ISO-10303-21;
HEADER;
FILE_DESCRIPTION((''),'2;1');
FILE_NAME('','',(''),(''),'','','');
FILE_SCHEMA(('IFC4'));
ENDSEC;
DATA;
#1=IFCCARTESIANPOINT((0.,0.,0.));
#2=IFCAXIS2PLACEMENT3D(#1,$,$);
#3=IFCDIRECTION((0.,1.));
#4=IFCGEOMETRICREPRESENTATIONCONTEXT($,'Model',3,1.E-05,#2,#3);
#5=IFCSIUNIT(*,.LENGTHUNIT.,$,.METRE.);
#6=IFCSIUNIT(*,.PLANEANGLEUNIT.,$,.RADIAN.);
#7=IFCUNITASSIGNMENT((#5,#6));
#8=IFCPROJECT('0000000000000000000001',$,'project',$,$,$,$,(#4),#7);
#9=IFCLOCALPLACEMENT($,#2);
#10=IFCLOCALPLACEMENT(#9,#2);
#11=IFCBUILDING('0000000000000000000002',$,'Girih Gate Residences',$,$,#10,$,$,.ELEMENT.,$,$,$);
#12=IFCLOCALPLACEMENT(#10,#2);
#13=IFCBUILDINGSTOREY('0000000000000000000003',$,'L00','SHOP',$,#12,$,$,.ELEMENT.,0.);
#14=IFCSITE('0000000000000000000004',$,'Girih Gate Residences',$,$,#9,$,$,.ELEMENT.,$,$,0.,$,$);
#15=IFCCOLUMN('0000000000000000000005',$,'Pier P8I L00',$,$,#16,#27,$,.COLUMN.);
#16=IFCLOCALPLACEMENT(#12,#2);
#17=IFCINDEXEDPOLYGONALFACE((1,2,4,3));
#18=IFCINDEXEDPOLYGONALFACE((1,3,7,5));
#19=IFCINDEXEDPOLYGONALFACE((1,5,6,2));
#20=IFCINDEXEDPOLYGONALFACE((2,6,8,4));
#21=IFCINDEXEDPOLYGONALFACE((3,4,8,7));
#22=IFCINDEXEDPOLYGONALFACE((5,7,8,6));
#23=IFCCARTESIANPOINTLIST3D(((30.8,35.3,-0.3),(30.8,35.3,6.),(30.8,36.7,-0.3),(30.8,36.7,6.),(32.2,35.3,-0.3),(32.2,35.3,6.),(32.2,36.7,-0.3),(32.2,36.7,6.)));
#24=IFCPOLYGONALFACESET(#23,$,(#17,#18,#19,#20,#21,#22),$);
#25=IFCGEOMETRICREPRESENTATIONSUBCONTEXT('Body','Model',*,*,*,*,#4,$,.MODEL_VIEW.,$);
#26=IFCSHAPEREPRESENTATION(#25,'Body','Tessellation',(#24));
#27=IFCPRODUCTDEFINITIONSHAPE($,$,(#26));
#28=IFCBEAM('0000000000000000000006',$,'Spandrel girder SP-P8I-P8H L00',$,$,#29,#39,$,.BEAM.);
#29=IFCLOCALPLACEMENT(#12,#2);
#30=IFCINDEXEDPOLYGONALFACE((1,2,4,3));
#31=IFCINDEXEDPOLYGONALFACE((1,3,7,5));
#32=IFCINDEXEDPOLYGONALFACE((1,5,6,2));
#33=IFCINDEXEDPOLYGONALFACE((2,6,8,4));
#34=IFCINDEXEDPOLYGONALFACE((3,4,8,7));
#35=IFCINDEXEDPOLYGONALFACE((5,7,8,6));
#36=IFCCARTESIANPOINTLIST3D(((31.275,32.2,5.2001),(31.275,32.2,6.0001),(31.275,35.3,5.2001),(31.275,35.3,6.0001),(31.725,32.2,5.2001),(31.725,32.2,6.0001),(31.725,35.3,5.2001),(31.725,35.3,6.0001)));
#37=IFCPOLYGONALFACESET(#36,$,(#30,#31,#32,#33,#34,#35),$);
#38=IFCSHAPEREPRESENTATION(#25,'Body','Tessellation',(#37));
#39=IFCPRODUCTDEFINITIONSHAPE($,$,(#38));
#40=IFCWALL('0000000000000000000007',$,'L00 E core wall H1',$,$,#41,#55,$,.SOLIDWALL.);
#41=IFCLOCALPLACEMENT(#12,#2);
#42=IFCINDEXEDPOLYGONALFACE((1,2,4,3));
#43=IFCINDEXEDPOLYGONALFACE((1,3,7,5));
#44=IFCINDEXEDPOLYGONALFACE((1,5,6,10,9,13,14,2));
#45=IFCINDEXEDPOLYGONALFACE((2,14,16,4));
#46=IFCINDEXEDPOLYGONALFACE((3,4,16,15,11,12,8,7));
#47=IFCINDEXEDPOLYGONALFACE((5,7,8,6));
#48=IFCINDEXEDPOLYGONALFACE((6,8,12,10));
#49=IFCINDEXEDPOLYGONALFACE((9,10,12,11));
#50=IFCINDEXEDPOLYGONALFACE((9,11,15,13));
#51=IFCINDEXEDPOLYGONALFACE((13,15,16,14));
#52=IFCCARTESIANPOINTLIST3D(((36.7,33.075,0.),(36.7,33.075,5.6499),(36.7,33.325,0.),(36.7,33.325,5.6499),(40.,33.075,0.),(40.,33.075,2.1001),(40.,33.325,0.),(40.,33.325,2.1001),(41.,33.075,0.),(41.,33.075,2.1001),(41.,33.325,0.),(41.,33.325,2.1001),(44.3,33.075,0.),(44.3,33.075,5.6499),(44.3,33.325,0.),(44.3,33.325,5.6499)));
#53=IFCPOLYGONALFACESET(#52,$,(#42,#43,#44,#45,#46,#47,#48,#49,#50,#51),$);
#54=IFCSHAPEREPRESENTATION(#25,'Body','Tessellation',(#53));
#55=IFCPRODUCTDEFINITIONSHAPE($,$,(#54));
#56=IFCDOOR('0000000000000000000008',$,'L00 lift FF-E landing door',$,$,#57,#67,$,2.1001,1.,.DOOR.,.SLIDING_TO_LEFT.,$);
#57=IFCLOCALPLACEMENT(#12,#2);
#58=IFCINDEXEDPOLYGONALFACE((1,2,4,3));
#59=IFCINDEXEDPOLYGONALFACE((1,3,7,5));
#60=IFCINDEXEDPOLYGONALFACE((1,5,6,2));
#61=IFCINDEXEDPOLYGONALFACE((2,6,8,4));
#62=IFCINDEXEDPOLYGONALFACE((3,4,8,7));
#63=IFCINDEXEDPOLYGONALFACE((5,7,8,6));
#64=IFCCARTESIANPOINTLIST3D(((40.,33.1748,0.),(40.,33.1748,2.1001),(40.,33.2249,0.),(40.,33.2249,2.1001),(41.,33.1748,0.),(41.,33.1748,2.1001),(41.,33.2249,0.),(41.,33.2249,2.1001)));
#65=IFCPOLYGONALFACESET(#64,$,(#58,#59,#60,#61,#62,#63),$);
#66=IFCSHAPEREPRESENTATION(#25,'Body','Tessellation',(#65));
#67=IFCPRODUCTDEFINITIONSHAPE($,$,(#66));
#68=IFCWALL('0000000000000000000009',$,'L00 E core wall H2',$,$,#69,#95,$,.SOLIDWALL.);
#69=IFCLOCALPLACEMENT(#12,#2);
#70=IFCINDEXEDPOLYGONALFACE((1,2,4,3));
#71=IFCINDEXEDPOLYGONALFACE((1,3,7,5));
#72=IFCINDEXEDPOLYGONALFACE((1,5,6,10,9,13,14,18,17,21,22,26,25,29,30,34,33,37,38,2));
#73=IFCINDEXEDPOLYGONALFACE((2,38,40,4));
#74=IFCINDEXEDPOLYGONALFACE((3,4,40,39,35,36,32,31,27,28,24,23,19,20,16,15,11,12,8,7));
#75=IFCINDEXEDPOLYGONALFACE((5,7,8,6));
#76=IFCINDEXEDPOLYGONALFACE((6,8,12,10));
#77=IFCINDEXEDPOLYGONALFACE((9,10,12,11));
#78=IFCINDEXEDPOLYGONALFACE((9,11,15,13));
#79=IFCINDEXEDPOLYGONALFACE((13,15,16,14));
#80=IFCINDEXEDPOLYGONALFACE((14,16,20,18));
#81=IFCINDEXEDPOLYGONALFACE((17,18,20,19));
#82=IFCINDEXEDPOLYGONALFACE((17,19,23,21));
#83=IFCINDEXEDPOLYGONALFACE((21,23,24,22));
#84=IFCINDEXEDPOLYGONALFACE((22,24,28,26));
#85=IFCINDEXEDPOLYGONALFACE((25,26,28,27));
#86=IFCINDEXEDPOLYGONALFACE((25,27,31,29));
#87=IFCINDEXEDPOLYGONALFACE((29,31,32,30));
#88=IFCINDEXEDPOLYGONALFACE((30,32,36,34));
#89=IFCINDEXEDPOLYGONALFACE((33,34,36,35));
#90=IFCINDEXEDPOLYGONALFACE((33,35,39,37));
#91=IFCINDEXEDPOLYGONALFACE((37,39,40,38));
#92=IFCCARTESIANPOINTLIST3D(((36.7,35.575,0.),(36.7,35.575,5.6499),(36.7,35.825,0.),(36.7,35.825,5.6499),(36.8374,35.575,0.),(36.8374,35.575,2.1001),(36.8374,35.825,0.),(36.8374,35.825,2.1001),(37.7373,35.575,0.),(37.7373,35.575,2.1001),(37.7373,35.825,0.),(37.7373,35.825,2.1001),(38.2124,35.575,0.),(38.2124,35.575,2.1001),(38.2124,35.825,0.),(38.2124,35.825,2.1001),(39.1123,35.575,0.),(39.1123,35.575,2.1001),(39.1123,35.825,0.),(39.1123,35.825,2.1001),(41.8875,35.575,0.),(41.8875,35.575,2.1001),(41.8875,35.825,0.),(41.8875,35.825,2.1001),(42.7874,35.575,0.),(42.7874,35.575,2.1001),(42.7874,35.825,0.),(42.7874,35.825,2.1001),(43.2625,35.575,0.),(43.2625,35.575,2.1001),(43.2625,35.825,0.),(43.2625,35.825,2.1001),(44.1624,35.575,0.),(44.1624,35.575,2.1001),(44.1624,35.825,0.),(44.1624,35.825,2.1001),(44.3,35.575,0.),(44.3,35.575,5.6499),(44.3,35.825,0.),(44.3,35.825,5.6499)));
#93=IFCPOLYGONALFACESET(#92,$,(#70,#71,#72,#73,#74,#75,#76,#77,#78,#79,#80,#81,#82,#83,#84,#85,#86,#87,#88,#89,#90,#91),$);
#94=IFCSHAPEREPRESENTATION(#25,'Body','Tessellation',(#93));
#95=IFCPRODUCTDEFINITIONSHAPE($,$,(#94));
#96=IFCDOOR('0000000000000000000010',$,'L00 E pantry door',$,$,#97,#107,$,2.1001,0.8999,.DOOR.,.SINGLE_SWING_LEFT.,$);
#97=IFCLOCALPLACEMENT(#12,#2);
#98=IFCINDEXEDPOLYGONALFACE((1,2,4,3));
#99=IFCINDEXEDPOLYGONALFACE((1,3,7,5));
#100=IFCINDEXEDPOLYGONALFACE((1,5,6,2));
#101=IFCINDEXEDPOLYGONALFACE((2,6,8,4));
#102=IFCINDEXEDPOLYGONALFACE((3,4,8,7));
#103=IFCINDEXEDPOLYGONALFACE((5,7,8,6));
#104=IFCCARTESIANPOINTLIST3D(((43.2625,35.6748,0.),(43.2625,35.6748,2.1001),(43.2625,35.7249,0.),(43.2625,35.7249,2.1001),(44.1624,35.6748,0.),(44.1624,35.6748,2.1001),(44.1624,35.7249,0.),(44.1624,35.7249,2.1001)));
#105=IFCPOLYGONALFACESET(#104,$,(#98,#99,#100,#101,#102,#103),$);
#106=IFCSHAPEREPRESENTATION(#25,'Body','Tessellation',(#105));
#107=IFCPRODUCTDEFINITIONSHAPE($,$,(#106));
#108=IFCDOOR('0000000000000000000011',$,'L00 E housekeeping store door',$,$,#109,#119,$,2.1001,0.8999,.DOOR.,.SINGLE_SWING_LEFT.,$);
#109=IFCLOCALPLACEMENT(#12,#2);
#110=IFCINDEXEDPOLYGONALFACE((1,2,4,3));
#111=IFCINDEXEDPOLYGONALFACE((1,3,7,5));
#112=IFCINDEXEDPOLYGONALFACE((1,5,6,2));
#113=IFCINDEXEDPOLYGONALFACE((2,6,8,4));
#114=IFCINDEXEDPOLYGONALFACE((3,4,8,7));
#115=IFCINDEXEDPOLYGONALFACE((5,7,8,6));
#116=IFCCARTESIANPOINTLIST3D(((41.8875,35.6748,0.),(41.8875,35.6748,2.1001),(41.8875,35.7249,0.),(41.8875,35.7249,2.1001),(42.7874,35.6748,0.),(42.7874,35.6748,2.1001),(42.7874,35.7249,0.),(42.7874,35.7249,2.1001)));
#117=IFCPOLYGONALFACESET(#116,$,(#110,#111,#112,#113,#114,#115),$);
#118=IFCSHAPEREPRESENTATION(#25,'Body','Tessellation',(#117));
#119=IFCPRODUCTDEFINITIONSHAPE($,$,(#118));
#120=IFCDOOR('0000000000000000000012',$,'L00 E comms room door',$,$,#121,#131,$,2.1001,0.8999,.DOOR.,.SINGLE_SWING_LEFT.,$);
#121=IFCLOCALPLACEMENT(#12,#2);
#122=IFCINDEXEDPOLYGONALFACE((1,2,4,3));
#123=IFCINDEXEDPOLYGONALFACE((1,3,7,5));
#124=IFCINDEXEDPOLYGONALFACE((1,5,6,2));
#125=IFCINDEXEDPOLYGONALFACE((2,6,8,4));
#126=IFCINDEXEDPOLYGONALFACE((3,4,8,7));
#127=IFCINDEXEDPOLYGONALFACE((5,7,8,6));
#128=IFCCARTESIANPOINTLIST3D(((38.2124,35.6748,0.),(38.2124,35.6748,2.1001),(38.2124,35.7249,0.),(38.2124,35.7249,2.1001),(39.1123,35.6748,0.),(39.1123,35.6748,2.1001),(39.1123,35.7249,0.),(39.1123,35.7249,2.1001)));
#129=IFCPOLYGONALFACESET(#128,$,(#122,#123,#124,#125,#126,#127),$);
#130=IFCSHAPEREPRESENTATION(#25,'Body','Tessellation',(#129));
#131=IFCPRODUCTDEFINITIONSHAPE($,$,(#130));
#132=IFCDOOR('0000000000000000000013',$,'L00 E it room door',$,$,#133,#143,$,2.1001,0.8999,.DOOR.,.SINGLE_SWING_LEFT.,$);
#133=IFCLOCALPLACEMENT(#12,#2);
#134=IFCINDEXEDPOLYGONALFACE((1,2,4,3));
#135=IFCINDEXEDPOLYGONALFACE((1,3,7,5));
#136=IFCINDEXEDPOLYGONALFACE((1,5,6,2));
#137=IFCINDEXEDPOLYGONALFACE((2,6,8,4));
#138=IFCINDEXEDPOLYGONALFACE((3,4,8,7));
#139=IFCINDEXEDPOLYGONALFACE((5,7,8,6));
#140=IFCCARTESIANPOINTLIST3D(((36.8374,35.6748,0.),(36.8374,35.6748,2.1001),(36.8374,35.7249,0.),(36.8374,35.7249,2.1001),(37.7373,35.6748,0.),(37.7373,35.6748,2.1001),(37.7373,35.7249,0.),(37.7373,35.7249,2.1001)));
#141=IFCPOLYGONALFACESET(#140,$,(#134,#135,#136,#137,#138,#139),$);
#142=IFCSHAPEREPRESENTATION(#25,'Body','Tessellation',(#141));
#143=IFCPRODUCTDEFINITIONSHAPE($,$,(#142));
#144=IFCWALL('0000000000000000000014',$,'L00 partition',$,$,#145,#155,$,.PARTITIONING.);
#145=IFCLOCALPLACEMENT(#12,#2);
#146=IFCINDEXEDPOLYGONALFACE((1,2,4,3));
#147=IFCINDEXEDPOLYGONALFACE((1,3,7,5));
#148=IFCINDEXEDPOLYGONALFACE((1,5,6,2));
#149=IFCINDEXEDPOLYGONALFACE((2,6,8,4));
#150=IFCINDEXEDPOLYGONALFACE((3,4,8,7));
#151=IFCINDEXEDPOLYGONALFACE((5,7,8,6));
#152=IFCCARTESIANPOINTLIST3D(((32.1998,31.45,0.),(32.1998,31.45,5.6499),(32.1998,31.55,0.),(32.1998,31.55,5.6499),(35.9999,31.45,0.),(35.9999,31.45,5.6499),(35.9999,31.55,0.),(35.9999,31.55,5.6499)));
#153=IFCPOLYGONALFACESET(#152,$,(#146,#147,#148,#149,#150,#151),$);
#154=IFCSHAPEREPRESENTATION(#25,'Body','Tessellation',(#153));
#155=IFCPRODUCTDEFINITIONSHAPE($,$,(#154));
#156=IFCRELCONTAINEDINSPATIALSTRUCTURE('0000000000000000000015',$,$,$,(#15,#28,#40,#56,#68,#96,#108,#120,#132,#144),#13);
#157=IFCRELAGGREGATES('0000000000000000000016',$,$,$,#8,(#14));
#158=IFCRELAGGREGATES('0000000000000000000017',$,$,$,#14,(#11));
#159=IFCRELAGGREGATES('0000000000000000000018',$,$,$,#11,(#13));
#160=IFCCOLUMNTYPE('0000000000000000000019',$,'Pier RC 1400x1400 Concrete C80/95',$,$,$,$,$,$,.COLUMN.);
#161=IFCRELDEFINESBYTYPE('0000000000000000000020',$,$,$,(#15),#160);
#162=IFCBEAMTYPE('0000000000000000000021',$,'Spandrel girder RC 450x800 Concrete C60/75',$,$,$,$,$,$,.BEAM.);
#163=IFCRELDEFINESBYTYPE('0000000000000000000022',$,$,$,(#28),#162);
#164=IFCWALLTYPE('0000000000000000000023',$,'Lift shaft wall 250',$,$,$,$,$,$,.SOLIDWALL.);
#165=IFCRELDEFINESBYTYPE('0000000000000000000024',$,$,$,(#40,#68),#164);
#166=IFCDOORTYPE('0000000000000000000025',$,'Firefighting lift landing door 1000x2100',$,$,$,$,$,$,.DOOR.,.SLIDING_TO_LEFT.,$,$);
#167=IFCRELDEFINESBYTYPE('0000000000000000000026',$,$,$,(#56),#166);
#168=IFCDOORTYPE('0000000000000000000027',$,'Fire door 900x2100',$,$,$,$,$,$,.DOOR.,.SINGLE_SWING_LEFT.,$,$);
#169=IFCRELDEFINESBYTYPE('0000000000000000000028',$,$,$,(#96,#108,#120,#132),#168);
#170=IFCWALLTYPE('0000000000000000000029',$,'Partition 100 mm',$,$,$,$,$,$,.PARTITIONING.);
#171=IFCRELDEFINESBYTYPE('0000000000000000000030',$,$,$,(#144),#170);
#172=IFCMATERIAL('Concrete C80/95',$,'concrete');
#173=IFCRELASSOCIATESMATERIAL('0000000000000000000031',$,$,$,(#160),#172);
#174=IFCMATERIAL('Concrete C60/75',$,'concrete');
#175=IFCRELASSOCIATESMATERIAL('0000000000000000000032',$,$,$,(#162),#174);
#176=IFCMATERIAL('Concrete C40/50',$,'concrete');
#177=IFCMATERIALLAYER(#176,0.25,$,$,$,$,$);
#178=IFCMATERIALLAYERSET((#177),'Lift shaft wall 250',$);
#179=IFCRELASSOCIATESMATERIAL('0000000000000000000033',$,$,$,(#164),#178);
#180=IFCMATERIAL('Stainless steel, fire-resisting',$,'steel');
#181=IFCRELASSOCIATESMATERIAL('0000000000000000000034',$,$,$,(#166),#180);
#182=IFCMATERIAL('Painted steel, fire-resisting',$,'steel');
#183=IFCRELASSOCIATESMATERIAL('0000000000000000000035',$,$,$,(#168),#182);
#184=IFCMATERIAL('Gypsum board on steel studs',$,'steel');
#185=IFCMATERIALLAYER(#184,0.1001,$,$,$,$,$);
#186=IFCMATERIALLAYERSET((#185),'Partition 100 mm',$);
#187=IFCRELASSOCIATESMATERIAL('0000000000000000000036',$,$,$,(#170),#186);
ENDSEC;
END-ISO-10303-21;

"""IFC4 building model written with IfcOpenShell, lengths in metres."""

from ifc_helpers import new_model, si_unit, direction, frame, frame_2d, origin, origin_2d, place, context, subcontext, project, spatial, rectangle, extrude, material, layer, layer_set, material_profile, profile_set, type_object, element, fill, save


model = new_model("IFC4")

# Units and contexts
model_context = context("Model", 3, precision=1e-05, world=origin(), true_north=direction((0.0, 1.0)))
body_context = subcontext(model_context, "Body", "Model", "MODEL_VIEW")
ifc_project = project(units=[si_unit("LENGTHUNIT", "METRE"), si_unit("PLANEANGLEUNIT", "RADIAN")], contexts=[model_context])

# Site, building, storey
site_placement = place(None, origin())
site = spatial("IfcSite", under=ifc_project, at=site_placement, Name="Girih Gate Residences", CompositionType="ELEMENT", RefElevation=0.0)
building_placement = place(site_placement, origin())
building = spatial("IfcBuilding", under=site, at=building_placement, Name="Girih Gate Residences", CompositionType="ELEMENT")
storey_placement = place(building_placement, origin())
storey = spatial("IfcBuildingStorey", under=building, at=storey_placement, Name="L00", Description="SHOP", CompositionType="ELEMENT", Elevation=0.0)

# Column
ifc_material_1 = material(Name="Concrete C80/95", Category="concrete")
ifc_material_profile_1 = material_profile(ifc_material_1, rectangle(XDim=1.3999, YDim=1.3999, at=origin_2d()))
ifc_profile_set_1 = profile_set([ifc_material_profile_1], Name="Concrete C80/95")
column_type = type_object("IfcColumnType", Name="Pier RC 1400x1400 Concrete C80/95", PredefinedType="COLUMN", material=ifc_profile_set_1)
for number, where, z_axis, x_axis, name in (
    (1, (31.5, 36.0, -0.3), (0.0, 0.0, 1.0), (1.0, 0.0, 0.0), "Pier P8I L00"),
):
    element("IfcColumn", number, at=place(storey_placement, frame(where, z_axis=z_axis, x_axis=x_axis)), inside=storey, type_object=column_type, Name=name, PredefinedType="COLUMN", context=body_context, shape_type="SweptSolid", body=[
        extrude(rectangle(XDim=1.3999, YDim=1.3999, at=origin_2d()), origin(), (0.0, 0.0, 1.0), 6.3),
    ])

# Beam
ifc_material_2 = material(Name="Concrete C60/75", Category="concrete")
ifc_material_profile_2 = material_profile(ifc_material_2, rectangle(XDim=0.45, YDim=0.8, at=origin_2d()))
ifc_profile_set_2 = profile_set([ifc_material_profile_2], Name="Concrete C60/75")
beam_type = type_object("IfcBeamType", Name="Spandrel girder RC 450x800 Concrete C60/75", PredefinedType="BEAM", material=ifc_profile_set_2)
beam_placement = place(storey_placement, frame((31.5, 35.3, 5.6001), z_axis=(0.0, -1.0, 0.0), x_axis=(1.0, 0.0, 0.0)))
element("IfcBeam", 2, at=beam_placement, inside=storey, type_object=beam_type, Name="Spandrel girder SP-P8I-P8H L00", PredefinedType="BEAM", context=body_context, shape_type="SweptSolid", body=[
    extrude(rectangle(XDim=0.45, YDim=0.8, at=origin_2d()), origin(), (0.0, 0.0, 1.0), 3.1001),
])

# Wall, opening, door
ifc_material_3 = material(Name="Concrete C40/50", Category="concrete")
ifc_layer_1 = layer(ifc_material_3, 0.25)
ifc_layer_set_1 = layer_set([ifc_layer_1], Name="Lift shaft wall 250")
wall_type_1 = type_object("IfcWallType", Name="Lift shaft wall 250", PredefinedType="SOLIDWALL", material=ifc_layer_set_1)
wall_1_placement = place(storey_placement, frame((36.7, 33.2, 0.0), z_axis=(0.0, 0.0, 1.0), x_axis=(1.0, 0.0, 0.0)))
wall_1 = element("IfcWall", 3, at=wall_1_placement, inside=storey, type_object=wall_type_1, Name="L00 E core wall H1", PredefinedType="SOLIDWALL", context=body_context, shape_type="SweptSolid", body=[
    extrude(rectangle(XDim=7.6001, YDim=0.25, at=frame_2d((3.8, 0.0))), origin(), (0.0, 0.0, 1.0), 5.6499),
])
opening_1_placement = place(wall_1_placement, frame((3.3, 0.0, 0.0)))
opening_1 = element("IfcOpeningElement", 4, at=opening_1_placement, cuts=wall_1, PredefinedType="OPENING", context=body_context, shape_type="SweptSolid", body=[
    extrude(rectangle(XDim=1.0, YDim=2.1001, at=frame_2d((0.5, 1.05))), frame((0.0, 0.135, 0.0), z_axis=(0.0, -1.0, 0.0), x_axis=(1.0, 0.0, 0.0)), (0.0, 0.0, 1.0), 0.27),
])
ifc_material_4 = material(Name="Stainless steel, fire-resisting", Category="steel")
door_type_1 = type_object("IfcDoorType", Name="Firefighting lift landing door 1000x2100", OperationType="SLIDING_TO_LEFT", PredefinedType="DOOR", material=ifc_material_4)
door_1_placement = place(opening_1_placement, origin())
door_1 = element("IfcDoor", 5, at=door_1_placement, inside=storey, type_object=door_type_1, Name="L00 lift FF-E landing door", OperationType="SLIDING_TO_LEFT", OverallHeight=2.1001, OverallWidth=1.0, PredefinedType="DOOR", context=body_context, shape_type="SweptSolid", body=[
    extrude(rectangle(XDim=1.0, YDim=2.1001, at=frame_2d((0.5, 1.05))), frame((0.0, 0.0249, 0.0), z_axis=(0.0, -1.0, 0.0), x_axis=(1.0, 0.0, 0.0)), (0.0, 0.0, 1.0), 0.05),
])
fill(opening_1, door_1)

# Wall, openings, doors
wall_2_placement = place(storey_placement, frame((36.7, 35.7, 0.0), z_axis=(0.0, 0.0, 1.0), x_axis=(1.0, 0.0, 0.0)))
wall_2 = element("IfcWall", 6, at=wall_2_placement, inside=storey, type_object=wall_type_1, Name="L00 E core wall H2", PredefinedType="SOLIDWALL", context=body_context, shape_type="SweptSolid", body=[
    extrude(rectangle(XDim=7.6001, YDim=0.25, at=frame_2d((3.8, 0.0))), origin(), (0.0, 0.0, 1.0), 5.6499),
])
opening_2_placement = place(wall_2_placement, frame((6.5625, 0.0, 0.0)))
opening_2 = element("IfcOpeningElement", 7, at=opening_2_placement, cuts=wall_2, PredefinedType="OPENING", context=body_context, shape_type="SweptSolid", body=[
    extrude(rectangle(XDim=0.8999, YDim=2.1001, at=frame_2d((0.45, 1.05))), frame((0.0, 0.135, 0.0), z_axis=(0.0, -1.0, 0.0), x_axis=(1.0, 0.0, 0.0)), (0.0, 0.0, 1.0), 0.27),
])
opening_3_placement = place(wall_2_placement, frame((5.1875, 0.0, 0.0)))
opening_3 = element("IfcOpeningElement", 8, at=opening_3_placement, cuts=wall_2, PredefinedType="OPENING", context=body_context, shape_type="SweptSolid", body=[
    extrude(rectangle(XDim=0.8999, YDim=2.1001, at=frame_2d((0.45, 1.05))), frame((0.0, 0.135, 0.0), z_axis=(0.0, -1.0, 0.0), x_axis=(1.0, 0.0, 0.0)), (0.0, 0.0, 1.0), 0.27),
])
opening_4_placement = place(wall_2_placement, frame((1.5125, 0.0, 0.0)))
opening_4 = element("IfcOpeningElement", 9, at=opening_4_placement, cuts=wall_2, PredefinedType="OPENING", context=body_context, shape_type="SweptSolid", body=[
    extrude(rectangle(XDim=0.8999, YDim=2.1001, at=frame_2d((0.45, 1.05))), frame((0.0, 0.135, 0.0), z_axis=(0.0, -1.0, 0.0), x_axis=(1.0, 0.0, 0.0)), (0.0, 0.0, 1.0), 0.27),
])
opening_5_placement = place(wall_2_placement, frame((0.1375, 0.0, 0.0)))
opening_5 = element("IfcOpeningElement", 10, at=opening_5_placement, cuts=wall_2, PredefinedType="OPENING", context=body_context, shape_type="SweptSolid", body=[
    extrude(rectangle(XDim=0.8999, YDim=2.1001, at=frame_2d((0.45, 1.05))), frame((0.0, 0.135, 0.0), z_axis=(0.0, -1.0, 0.0), x_axis=(1.0, 0.0, 0.0)), (0.0, 0.0, 1.0), 0.27),
])
ifc_material_5 = material(Name="Painted steel, fire-resisting", Category="steel")
door_type_2 = type_object("IfcDoorType", Name="Fire door 900x2100", OperationType="SINGLE_SWING_LEFT", PredefinedType="DOOR", material=ifc_material_5)
door_2_placement = place(opening_2_placement, origin())
door_2 = element("IfcDoor", 11, at=door_2_placement, inside=storey, type_object=door_type_2, Name="L00 E pantry door", OperationType="SINGLE_SWING_LEFT", OverallHeight=2.1001, OverallWidth=0.8999, PredefinedType="DOOR", context=body_context, shape_type="SweptSolid", body=[
    extrude(rectangle(XDim=0.8999, YDim=2.1001, at=frame_2d((0.45, 1.05))), frame((0.0, 0.0249, 0.0), z_axis=(0.0, -1.0, 0.0), x_axis=(1.0, 0.0, 0.0)), (0.0, 0.0, 1.0), 0.05),
])
fill(opening_2, door_2)
door_3_placement = place(opening_3_placement, origin())
door_3 = element("IfcDoor", 12, at=door_3_placement, inside=storey, type_object=door_type_2, Name="L00 E housekeeping store door", OperationType="SINGLE_SWING_LEFT", OverallHeight=2.1001, OverallWidth=0.8999, PredefinedType="DOOR", context=body_context, shape_type="SweptSolid", body=[
    extrude(rectangle(XDim=0.8999, YDim=2.1001, at=frame_2d((0.45, 1.05))), frame((0.0, 0.0249, 0.0), z_axis=(0.0, -1.0, 0.0), x_axis=(1.0, 0.0, 0.0)), (0.0, 0.0, 1.0), 0.05),
])
fill(opening_3, door_3)
door_4_placement = place(opening_4_placement, origin())
door_4 = element("IfcDoor", 13, at=door_4_placement, inside=storey, type_object=door_type_2, Name="L00 E comms room door", OperationType="SINGLE_SWING_LEFT", OverallHeight=2.1001, OverallWidth=0.8999, PredefinedType="DOOR", context=body_context, shape_type="SweptSolid", body=[
    extrude(rectangle(XDim=0.8999, YDim=2.1001, at=frame_2d((0.45, 1.05))), frame((0.0, 0.0249, 0.0), z_axis=(0.0, -1.0, 0.0), x_axis=(1.0, 0.0, 0.0)), (0.0, 0.0, 1.0), 0.05),
])
fill(opening_4, door_4)
door_5_placement = place(opening_5_placement, origin())
door_5 = element("IfcDoor", 14, at=door_5_placement, inside=storey, type_object=door_type_2, Name="L00 E it room door", OperationType="SINGLE_SWING_LEFT", OverallHeight=2.1001, OverallWidth=0.8999, PredefinedType="DOOR", context=body_context, shape_type="SweptSolid", body=[
    extrude(rectangle(XDim=0.8999, YDim=2.1001, at=frame_2d((0.45, 1.05))), frame((0.0, 0.0249, 0.0), z_axis=(0.0, -1.0, 0.0), x_axis=(1.0, 0.0, 0.0)), (0.0, 0.0, 1.0), 0.05),
])
fill(opening_5, door_5)

# Wall
ifc_material_6 = material(Name="Gypsum board on steel studs", Category="steel")
ifc_layer_2 = layer(ifc_material_6, 0.1001)
ifc_layer_set_2 = layer_set([ifc_layer_2], Name="Partition 100 mm")
wall_type_2 = type_object("IfcWallType", Name="Partition 100 mm", PredefinedType="PARTITIONING", material=ifc_layer_set_2)
wall_3_placement = place(storey_placement, frame((32.2, 31.5, 0.0), z_axis=(0.0, 0.0, 1.0), x_axis=(1.0, 0.0, 0.0)))
element("IfcWall", 15, at=wall_3_placement, inside=storey, type_object=wall_type_2, Name="L00 partition", PredefinedType="PARTITIONING", context=body_context, shape_type="SweptSolid", body=[
    extrude(rectangle(XDim=3.8, YDim=0.1001, at=frame_2d((1.8999, 0.0))), origin(), (0.0, 0.0, 1.0), 5.6499),
])

save(model, "model.ifc")
